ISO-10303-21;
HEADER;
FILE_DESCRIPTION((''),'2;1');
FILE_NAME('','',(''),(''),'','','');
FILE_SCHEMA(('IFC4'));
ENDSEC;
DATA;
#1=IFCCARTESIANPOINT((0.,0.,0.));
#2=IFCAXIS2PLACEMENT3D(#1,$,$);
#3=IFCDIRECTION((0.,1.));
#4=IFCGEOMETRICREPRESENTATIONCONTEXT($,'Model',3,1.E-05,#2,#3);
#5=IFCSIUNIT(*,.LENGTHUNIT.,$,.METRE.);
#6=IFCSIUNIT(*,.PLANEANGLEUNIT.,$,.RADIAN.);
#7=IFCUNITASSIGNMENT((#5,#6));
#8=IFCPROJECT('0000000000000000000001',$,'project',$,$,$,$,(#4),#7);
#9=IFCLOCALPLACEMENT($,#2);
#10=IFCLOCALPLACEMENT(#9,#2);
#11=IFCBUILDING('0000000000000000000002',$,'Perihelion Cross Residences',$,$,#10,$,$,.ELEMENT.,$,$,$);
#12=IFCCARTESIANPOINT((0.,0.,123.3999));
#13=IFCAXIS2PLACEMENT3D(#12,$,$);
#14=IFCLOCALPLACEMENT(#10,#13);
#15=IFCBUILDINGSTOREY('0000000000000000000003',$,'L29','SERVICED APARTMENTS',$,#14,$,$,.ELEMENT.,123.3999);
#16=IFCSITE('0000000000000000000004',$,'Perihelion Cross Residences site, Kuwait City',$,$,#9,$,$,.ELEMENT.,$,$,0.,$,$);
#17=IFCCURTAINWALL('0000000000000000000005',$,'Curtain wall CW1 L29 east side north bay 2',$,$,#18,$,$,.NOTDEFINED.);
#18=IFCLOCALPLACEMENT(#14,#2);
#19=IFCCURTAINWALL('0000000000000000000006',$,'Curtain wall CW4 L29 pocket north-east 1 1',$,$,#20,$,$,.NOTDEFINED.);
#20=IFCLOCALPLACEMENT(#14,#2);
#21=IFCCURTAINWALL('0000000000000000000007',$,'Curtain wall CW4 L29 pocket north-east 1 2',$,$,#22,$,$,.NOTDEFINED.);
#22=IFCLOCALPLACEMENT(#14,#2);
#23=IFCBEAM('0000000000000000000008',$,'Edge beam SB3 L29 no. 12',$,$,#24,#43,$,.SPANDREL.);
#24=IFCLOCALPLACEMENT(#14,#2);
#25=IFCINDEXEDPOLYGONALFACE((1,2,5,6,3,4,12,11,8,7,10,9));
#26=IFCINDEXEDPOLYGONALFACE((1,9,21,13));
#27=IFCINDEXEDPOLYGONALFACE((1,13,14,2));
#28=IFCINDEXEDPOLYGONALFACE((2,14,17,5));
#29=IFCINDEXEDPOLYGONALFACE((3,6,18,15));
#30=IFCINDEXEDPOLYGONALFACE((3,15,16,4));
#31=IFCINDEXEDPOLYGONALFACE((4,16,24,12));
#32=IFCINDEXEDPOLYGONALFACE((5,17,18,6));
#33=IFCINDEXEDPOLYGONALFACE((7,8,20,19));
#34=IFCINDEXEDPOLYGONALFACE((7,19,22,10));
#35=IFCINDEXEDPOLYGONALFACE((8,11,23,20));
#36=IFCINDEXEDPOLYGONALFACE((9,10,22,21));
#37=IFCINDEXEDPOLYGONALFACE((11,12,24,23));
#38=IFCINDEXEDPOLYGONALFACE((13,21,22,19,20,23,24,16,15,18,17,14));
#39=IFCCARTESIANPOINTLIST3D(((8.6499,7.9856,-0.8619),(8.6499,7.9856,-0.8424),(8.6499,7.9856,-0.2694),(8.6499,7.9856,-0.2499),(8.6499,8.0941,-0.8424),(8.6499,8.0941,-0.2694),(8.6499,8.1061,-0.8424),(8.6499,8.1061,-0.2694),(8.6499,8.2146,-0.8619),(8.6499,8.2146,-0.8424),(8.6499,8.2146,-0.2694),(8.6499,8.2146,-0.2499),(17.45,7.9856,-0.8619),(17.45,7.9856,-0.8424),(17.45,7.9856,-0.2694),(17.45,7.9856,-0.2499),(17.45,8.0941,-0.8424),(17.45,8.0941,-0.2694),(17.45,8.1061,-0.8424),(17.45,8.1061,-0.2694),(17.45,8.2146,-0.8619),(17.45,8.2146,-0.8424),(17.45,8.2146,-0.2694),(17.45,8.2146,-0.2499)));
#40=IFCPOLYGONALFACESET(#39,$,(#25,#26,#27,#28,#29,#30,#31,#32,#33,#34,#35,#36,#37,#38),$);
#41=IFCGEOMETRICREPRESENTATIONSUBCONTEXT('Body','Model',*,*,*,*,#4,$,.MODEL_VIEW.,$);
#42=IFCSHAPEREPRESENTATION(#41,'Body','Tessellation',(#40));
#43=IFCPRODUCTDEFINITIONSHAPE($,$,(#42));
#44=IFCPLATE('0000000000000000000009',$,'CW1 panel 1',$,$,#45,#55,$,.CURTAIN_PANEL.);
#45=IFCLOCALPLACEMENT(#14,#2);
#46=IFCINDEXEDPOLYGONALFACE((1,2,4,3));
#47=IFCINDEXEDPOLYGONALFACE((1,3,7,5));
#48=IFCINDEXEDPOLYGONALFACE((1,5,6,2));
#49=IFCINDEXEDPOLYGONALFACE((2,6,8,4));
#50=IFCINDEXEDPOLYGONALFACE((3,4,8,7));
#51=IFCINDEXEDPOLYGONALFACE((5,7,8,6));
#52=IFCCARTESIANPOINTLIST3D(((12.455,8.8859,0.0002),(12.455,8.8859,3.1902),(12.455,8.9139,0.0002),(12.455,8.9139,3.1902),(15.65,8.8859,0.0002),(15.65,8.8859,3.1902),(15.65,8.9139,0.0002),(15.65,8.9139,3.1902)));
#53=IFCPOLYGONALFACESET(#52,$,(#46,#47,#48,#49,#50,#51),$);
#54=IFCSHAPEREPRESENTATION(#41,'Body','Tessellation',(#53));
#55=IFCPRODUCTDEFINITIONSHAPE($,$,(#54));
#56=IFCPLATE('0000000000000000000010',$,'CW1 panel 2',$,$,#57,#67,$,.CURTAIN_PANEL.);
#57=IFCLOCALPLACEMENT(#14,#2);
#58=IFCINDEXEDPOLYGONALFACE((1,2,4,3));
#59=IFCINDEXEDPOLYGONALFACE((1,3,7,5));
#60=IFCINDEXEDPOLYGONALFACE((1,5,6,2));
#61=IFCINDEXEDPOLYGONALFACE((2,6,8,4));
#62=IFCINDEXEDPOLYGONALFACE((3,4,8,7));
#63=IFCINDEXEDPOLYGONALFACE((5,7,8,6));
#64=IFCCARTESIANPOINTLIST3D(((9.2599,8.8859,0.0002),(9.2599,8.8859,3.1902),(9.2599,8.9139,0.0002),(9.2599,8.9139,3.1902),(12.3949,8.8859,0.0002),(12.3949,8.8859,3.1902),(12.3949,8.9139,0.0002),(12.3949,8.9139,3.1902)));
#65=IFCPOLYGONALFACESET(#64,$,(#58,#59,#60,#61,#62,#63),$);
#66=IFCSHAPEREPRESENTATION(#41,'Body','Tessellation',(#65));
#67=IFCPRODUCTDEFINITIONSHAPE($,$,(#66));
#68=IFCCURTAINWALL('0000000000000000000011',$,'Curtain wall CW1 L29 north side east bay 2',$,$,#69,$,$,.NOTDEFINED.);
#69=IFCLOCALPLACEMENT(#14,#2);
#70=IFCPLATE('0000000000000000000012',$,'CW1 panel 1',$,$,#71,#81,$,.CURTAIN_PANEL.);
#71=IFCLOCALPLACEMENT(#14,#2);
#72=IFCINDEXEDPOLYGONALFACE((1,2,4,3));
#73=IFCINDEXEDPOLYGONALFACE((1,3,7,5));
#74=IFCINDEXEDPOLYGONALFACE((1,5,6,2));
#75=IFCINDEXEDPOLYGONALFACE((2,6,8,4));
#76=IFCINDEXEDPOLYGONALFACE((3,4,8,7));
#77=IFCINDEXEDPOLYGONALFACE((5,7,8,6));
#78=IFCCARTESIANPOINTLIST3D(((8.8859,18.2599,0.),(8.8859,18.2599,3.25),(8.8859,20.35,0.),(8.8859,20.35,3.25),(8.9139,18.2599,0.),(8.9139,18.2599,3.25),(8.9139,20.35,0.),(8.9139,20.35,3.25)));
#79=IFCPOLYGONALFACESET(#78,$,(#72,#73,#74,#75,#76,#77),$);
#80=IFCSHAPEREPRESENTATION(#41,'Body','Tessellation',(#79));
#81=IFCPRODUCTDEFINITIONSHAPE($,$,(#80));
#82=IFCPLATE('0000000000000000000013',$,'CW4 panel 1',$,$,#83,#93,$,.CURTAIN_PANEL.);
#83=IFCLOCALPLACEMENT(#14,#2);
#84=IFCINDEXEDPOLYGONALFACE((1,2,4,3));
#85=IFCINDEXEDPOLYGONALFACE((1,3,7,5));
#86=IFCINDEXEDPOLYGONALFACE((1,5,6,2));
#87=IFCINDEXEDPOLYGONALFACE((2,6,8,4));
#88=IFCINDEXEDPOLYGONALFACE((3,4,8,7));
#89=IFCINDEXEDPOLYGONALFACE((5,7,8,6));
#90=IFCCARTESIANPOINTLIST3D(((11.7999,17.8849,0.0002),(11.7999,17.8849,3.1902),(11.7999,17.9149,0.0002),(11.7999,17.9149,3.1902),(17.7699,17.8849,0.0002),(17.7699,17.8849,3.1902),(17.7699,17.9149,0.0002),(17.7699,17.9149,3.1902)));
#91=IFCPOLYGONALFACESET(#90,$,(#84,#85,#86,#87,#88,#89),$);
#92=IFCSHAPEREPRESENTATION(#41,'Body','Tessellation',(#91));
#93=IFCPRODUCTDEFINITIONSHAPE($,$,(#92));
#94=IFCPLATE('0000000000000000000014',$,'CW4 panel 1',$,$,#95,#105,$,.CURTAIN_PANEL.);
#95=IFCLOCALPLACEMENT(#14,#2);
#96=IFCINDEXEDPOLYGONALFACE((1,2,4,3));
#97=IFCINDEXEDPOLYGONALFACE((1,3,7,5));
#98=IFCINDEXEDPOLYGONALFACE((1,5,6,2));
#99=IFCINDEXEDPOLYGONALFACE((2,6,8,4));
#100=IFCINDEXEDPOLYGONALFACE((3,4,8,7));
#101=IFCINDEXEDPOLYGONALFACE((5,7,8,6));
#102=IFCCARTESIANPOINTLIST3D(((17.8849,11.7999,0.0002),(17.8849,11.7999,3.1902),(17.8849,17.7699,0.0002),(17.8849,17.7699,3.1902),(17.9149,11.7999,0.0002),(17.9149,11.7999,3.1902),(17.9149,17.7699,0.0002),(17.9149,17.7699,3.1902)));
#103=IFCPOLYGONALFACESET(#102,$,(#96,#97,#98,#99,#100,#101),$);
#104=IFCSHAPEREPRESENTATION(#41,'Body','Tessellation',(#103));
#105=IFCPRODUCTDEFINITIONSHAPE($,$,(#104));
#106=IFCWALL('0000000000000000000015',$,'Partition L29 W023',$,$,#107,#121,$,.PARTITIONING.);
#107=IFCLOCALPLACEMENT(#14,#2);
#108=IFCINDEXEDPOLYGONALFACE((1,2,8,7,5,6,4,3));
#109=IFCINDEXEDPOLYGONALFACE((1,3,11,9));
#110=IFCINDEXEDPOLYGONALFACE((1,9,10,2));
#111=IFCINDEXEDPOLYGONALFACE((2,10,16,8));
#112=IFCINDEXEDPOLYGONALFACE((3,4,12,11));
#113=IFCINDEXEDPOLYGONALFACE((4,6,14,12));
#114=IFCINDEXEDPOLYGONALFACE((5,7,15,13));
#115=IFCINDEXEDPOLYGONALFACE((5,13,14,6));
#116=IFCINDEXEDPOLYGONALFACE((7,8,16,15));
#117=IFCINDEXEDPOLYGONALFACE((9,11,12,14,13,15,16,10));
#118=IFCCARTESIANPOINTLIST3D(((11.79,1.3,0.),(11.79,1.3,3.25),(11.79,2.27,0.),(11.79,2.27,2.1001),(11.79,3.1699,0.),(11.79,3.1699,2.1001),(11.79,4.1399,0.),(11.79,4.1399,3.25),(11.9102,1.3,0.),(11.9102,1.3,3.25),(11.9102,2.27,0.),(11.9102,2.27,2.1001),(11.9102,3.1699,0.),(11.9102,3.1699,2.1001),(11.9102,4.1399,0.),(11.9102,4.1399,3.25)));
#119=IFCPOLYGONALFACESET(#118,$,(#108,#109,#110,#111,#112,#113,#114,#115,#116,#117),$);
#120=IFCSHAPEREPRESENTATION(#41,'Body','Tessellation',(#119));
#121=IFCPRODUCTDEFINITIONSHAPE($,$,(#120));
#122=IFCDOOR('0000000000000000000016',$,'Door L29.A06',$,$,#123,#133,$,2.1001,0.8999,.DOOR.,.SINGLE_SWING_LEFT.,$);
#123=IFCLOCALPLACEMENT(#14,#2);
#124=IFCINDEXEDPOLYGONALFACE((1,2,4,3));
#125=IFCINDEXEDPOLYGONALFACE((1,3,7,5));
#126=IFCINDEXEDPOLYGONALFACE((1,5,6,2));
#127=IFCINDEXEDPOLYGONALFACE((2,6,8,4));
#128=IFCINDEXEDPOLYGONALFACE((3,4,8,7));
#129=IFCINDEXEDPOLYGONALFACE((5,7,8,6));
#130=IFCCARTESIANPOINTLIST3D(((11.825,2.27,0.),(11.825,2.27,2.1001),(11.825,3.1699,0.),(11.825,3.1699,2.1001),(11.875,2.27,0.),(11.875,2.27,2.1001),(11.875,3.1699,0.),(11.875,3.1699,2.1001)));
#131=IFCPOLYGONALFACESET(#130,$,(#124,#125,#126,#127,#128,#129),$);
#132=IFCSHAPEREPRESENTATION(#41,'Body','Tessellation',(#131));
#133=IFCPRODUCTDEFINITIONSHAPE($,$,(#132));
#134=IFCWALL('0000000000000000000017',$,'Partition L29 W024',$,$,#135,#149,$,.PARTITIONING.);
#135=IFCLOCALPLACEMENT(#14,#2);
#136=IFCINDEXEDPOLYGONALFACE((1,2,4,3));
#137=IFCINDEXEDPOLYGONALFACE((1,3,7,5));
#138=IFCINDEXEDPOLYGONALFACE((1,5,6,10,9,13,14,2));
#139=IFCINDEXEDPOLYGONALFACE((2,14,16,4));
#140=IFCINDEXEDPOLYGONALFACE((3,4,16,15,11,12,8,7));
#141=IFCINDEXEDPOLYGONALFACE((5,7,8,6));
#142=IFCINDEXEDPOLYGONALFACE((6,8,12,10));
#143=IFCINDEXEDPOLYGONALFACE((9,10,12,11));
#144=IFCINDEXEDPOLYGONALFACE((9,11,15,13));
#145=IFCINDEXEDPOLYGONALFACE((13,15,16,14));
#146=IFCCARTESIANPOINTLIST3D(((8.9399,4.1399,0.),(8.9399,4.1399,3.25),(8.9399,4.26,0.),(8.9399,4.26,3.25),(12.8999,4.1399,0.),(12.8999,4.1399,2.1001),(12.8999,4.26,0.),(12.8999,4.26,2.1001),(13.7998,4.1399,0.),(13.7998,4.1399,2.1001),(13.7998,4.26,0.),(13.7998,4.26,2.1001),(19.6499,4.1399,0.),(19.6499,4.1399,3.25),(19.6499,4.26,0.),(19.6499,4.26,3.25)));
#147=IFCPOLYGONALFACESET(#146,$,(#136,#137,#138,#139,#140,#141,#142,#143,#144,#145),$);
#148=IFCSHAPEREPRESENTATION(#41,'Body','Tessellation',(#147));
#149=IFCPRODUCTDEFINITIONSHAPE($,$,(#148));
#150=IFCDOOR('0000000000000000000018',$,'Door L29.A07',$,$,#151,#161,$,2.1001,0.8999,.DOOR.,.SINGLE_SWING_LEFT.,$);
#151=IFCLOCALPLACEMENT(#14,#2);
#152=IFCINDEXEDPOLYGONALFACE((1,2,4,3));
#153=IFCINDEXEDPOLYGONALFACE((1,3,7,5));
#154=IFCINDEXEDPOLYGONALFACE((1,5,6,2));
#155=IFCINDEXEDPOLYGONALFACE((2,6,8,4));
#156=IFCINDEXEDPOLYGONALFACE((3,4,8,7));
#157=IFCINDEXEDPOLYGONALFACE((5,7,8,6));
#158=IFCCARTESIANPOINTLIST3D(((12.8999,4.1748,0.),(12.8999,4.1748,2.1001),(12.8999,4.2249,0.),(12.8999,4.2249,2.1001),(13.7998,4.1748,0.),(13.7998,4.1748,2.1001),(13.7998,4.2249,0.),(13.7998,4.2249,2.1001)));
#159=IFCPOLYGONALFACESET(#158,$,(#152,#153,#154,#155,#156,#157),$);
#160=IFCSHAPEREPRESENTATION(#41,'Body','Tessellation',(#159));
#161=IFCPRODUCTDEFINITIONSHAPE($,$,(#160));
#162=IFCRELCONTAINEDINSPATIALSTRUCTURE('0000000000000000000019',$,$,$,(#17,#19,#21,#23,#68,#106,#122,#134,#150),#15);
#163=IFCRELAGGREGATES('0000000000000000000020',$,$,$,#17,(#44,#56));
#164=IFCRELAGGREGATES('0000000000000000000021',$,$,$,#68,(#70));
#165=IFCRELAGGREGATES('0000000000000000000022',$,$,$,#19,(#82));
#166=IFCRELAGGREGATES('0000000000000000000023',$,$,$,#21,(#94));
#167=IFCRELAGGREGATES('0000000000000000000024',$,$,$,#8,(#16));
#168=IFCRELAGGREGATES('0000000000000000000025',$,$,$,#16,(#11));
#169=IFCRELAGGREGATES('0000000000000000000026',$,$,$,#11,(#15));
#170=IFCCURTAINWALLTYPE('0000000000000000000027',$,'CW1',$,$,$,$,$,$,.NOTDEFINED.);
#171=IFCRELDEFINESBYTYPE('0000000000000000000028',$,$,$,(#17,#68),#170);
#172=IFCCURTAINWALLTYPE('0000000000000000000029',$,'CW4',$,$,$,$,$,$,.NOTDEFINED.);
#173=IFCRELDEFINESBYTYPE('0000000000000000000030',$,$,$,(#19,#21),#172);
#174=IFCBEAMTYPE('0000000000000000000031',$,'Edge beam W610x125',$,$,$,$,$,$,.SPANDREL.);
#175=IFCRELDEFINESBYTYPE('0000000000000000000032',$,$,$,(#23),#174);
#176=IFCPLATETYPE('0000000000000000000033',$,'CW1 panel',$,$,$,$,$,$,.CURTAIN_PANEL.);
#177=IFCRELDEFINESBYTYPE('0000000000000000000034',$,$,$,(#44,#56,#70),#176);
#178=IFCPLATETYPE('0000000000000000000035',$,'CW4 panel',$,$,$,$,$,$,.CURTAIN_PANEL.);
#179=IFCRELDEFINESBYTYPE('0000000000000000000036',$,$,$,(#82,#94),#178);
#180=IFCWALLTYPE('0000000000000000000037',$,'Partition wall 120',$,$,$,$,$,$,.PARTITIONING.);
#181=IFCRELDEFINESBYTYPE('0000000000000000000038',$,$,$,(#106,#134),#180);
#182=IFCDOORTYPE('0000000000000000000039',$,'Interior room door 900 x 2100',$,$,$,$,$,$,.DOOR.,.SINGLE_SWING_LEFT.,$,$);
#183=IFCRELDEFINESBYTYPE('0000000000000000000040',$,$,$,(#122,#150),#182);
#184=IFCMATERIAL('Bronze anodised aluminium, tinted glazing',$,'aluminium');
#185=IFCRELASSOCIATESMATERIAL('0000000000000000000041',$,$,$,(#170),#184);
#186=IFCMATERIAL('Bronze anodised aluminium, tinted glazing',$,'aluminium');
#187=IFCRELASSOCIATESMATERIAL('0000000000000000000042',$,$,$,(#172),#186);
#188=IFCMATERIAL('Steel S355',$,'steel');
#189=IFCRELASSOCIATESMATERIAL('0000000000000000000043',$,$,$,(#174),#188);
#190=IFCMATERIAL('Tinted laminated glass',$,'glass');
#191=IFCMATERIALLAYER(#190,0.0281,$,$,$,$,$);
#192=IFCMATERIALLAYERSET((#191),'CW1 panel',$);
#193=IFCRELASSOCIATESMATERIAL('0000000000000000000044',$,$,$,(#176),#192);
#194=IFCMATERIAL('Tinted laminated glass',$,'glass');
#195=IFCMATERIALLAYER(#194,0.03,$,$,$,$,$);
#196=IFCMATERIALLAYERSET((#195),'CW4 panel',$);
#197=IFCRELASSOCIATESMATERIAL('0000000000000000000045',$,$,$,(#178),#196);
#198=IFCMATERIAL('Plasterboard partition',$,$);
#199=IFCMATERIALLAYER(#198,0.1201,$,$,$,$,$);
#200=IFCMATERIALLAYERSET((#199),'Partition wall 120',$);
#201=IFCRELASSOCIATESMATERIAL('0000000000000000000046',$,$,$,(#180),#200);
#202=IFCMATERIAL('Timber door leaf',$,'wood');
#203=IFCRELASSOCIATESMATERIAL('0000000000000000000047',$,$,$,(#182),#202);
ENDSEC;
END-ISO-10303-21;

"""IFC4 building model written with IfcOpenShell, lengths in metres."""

from ifc_helpers import new_model, si_unit, direction, frame, frame_2d, origin, origin_2d, place, context, subcontext, project, spatial, rectangle, i_section, extrude, material, layer, layer_set, material_profile, profile_set, type_object, element, fill, aggregate, save


model = new_model("IFC4")

# Units and contexts
model_context = context("Model", 3, precision=1e-05, world=origin(), true_north=direction((0.0, 1.0)))
body_context = subcontext(model_context, "Body", "Model", "MODEL_VIEW")
ifc_project = project(units=[si_unit("LENGTHUNIT", "METRE"), si_unit("PLANEANGLEUNIT", "RADIAN")], contexts=[model_context])

# Site, building, storey
site_placement = place(None, origin())
site = spatial("IfcSite", under=ifc_project, at=site_placement, Name="Perihelion Cross Residences site, Kuwait City", CompositionType="ELEMENT", RefElevation=0.0)
building_placement = place(site_placement, origin())
building = spatial("IfcBuilding", under=site, at=building_placement, Name="Perihelion Cross Residences", CompositionType="ELEMENT")
storey_placement = place(building_placement, frame((0.0, 0.0, 123.3999)))
storey = spatial("IfcBuildingStorey", under=building, at=storey_placement, Name="L29", Description="SERVICED APARTMENTS", CompositionType="ELEMENT", Elevation=123.3999)

# Curtain walls
ifc_material_1 = material(Name="Bronze anodised aluminium, tinted glazing", Category="aluminium")
curtain_wall_type_1 = type_object("IfcCurtainWallType", Name="CW1", PredefinedType="NOTDEFINED", material=ifc_material_1)
curtain_wall_1_placement = place(storey_placement, origin())
curtain_wall_1 = element("IfcCurtainWall", 1, at=curtain_wall_1_placement, inside=storey, type_object=curtain_wall_type_1, Name="Curtain wall CW1 L29 east side north bay 2", PredefinedType="NOTDEFINED")
ifc_material_2 = material(Name="Bronze anodised aluminium, tinted glazing", Category="aluminium")
curtain_wall_type_2 = type_object("IfcCurtainWallType", Name="CW4", PredefinedType="NOTDEFINED", material=ifc_material_2)
curtain_wall_2_placement = place(storey_placement, origin())
curtain_wall_2 = element("IfcCurtainWall", 2, at=curtain_wall_2_placement, inside=storey, type_object=curtain_wall_type_2, Name="Curtain wall CW4 L29 pocket north-east 1 1", PredefinedType="NOTDEFINED")
curtain_wall_3_placement = place(storey_placement, origin())
curtain_wall_3 = element("IfcCurtainWall", 3, at=curtain_wall_3_placement, inside=storey, type_object=curtain_wall_type_2, Name="Curtain wall CW4 L29 pocket north-east 1 2", PredefinedType="NOTDEFINED")

# Beam
ifc_material_3 = material(Name="Steel S355", Category="steel")
ifc_material_profile_1 = material_profile(ifc_material_3, i_section(OverallWidth=0.229, OverallDepth=0.6121, WebThickness=0.012, FlangeThickness=0.0195, at=origin_2d()), Name="W610x125")
ifc_profile_set_1 = profile_set([ifc_material_profile_1], Name="Steel S355")
beam_type_1 = type_object("IfcBeamType", Name="Edge beam W610x125", PredefinedType="SPANDREL", material=ifc_profile_set_1)
beam_1_placement = place(storey_placement, frame((17.45, 8.1001, -0.5559), z_axis=(-1.0, 0.0, 0.0), x_axis=(0.0, -1.0, 0.0)))
element("IfcBeam", 4, at=beam_1_placement, inside=storey, type_object=beam_type_1, Name="Edge beam SB3 L29 no. 12", PredefinedType="SPANDREL", context=body_context, shape_type="SweptSolid", body=[
    extrude(i_section(OverallWidth=0.229, OverallDepth=0.6121, WebThickness=0.012, FlangeThickness=0.0195, at=origin_2d()), origin(), (0.0, 0.0, 1.0), 8.8),
])

# Plates
ifc_material_4 = material(Name="Tinted laminated glass", Category="glass")
ifc_layer_1 = layer(ifc_material_4, 0.0281)
ifc_layer_set_1 = layer_set([ifc_layer_1], Name="CW1 panel")
plate_type_1 = type_object("IfcPlateType", Name="CW1 panel", PredefinedType="CURTAIN_PANEL", material=ifc_layer_set_1)
plate_1_placement = place(storey_placement, frame((14.0525, 8.8999, 0.0002), z_axis=(0.0, 0.0, 1.0), x_axis=(-1.0, 0.0, 0.0)))
plate_1 = element("IfcPlate", 5, at=plate_1_placement, type_object=plate_type_1, Name="CW1 panel 1", PredefinedType="CURTAIN_PANEL", context=body_context, shape_type="SweptSolid", body=[
    extrude(rectangle(XDim=3.1951, YDim=0.0281, at=origin_2d()), origin(), (0.0, 0.0, 1.0), 3.1899),
])
plate_2_placement = place(storey_placement, frame((10.8274, 8.8999, 0.0002), z_axis=(0.0, 0.0, 1.0), x_axis=(-1.0, 0.0, 0.0)))
plate_2 = element("IfcPlate", 6, at=plate_2_placement, type_object=plate_type_1, Name="CW1 panel 2", PredefinedType="CURTAIN_PANEL", context=body_context, shape_type="SweptSolid", body=[
    extrude(rectangle(XDim=3.135, YDim=0.0281, at=origin_2d()), origin(), (0.0, 0.0, 1.0), 3.1899),
])
aggregate(curtain_wall_1, [plate_1, plate_2])

# Curtain wall, plate
curtain_wall_4_placement = place(storey_placement, origin())
curtain_wall_4 = element("IfcCurtainWall", 7, at=curtain_wall_4_placement, inside=storey, type_object=curtain_wall_type_1, Name="Curtain wall CW1 L29 north side east bay 2", PredefinedType="NOTDEFINED")
plate_3_placement = place(storey_placement, frame((8.8999, 19.3049, 0.0), z_axis=(0.0, 0.0, 1.0), x_axis=(0.0, 1.0, 0.0)))
plate_3 = element("IfcPlate", 8, at=plate_3_placement, type_object=plate_type_1, Name="CW1 panel 1", PredefinedType="CURTAIN_PANEL", context=body_context, shape_type="SweptSolid", body=[
    extrude(rectangle(XDim=2.0901, YDim=0.0281, at=origin_2d()), origin(), (0.0, 0.0, 1.0), 3.25),
])
aggregate(curtain_wall_4, [plate_3])

# Plates
ifc_material_5 = material(Name="Tinted laminated glass", Category="glass")
ifc_layer_2 = layer(ifc_material_5, 0.03)
ifc_layer_set_2 = layer_set([ifc_layer_2], Name="CW4 panel")
plate_type_2 = type_object("IfcPlateType", Name="CW4 panel", PredefinedType="CURTAIN_PANEL", material=ifc_layer_set_2)
plate_4_placement = place(storey_placement, frame((14.7849, 17.8999, 0.0002), z_axis=(0.0, 0.0, 1.0), x_axis=(1.0, 0.0, 0.0)))
plate_4 = element("IfcPlate", 9, at=plate_4_placement, type_object=plate_type_2, Name="CW4 panel 1", PredefinedType="CURTAIN_PANEL", context=body_context, shape_type="SweptSolid", body=[
    extrude(rectangle(XDim=5.97, YDim=0.03, at=origin_2d()), origin(), (0.0, 0.0, 1.0), 3.1899),
])
aggregate(curtain_wall_2, [plate_4])
plate_5_placement = place(storey_placement, frame((17.8999, 14.7849, 0.0002), z_axis=(0.0, 0.0, 1.0), x_axis=(0.0, -1.0, 0.0)))
plate_5 = element("IfcPlate", 10, at=plate_5_placement, type_object=plate_type_2, Name="CW4 panel 1", PredefinedType="CURTAIN_PANEL", context=body_context, shape_type="SweptSolid", body=[
    extrude(rectangle(XDim=5.97, YDim=0.03, at=origin_2d()), origin(), (0.0, 0.0, 1.0), 3.1899),
])
aggregate(curtain_wall_3, [plate_5])

# Walls, openings, doors
ifc_material_6 = material(Name="Plasterboard partition")
ifc_layer_3 = layer(ifc_material_6, 0.1201)
ifc_layer_set_3 = layer_set([ifc_layer_3], Name="Partition wall 120")
wall_type_1 = type_object("IfcWallType", Name="Partition wall 120", PredefinedType="PARTITIONING", material=ifc_layer_set_3)
wall_1_placement = place(storey_placement, frame((11.8501, 4.1399, 0.0), z_axis=(0.0, 0.0, 1.0), x_axis=(0.0, -1.0, 0.0)))
wall_1 = element("IfcWall", 11, at=wall_1_placement, inside=storey, type_object=wall_type_1, Name="Partition L29 W023", PredefinedType="PARTITIONING", context=body_context, shape_type="SweptSolid", body=[
    extrude(rectangle(XDim=2.8398, YDim=0.1201, at=frame_2d((1.4199, 0.0))), origin(), (0.0, 0.0, 1.0), 3.25),
])
opening_1_placement = place(wall_1_placement, frame((0.97, 0.0, 0.0)))
opening_1 = element("IfcOpeningElement", 12, at=opening_1_placement, cuts=wall_1, PredefinedType="OPENING", context=body_context, shape_type="SweptSolid", body=[
    extrude(rectangle(XDim=0.8999, YDim=2.1001, at=frame_2d((0.45, 1.05))), frame((0.0, 0.0701, 0.0), z_axis=(0.0, -1.0, 0.0), x_axis=(1.0, 0.0, 0.0)), (0.0, 0.0, 1.0), 0.1401),
])
ifc_material_7 = material(Name="Timber door leaf", Category="wood")
door_type_1 = type_object("IfcDoorType", Name="Interior room door 900 x 2100", OperationType="SINGLE_SWING_LEFT", PredefinedType="DOOR", material=ifc_material_7)
door_1_placement = place(opening_1_placement, origin())
door_1 = element("IfcDoor", 13, at=door_1_placement, inside=storey, type_object=door_type_1, Name="Door L29.A06", OperationType="SINGLE_SWING_LEFT", OverallHeight=2.1001, OverallWidth=0.8999, PredefinedType="DOOR", context=body_context, shape_type="SweptSolid", body=[
    extrude(rectangle(XDim=0.8999, YDim=2.1001, at=frame_2d((0.45, 1.05))), frame((0.0, 0.0249, 0.0), z_axis=(0.0, -1.0, 0.0), x_axis=(1.0, 0.0, 0.0)), (0.0, 0.0, 1.0), 0.05),
])
fill(opening_1, door_1)
wall_2_placement = place(storey_placement, frame((8.9399, 4.2, 0.0), z_axis=(0.0, 0.0, 1.0), x_axis=(1.0, 0.0, 0.0)))
wall_2 = element("IfcWall", 14, at=wall_2_placement, inside=storey, type_object=wall_type_1, Name="Partition L29 W024", PredefinedType="PARTITIONING", context=body_context, shape_type="SweptSolid", body=[
    extrude(rectangle(XDim=10.71, YDim=0.1201, at=frame_2d((5.355, 0.0))), origin(), (0.0, 0.0, 1.0), 3.25),
])
opening_2_placement = place(wall_2_placement, frame((3.96, 0.0, 0.0)))
opening_2 = element("IfcOpeningElement", 15, at=opening_2_placement, cuts=wall_2, PredefinedType="OPENING", context=body_context, shape_type="SweptSolid", body=[
    extrude(rectangle(XDim=0.8999, YDim=2.1001, at=frame_2d((0.45, 1.05))), frame((0.0, 0.0701, 0.0), z_axis=(0.0, -1.0, 0.0), x_axis=(1.0, 0.0, 0.0)), (0.0, 0.0, 1.0), 0.1401),
])
door_2_placement = place(opening_2_placement, origin())
door_2 = element("IfcDoor", 16, at=door_2_placement, inside=storey, type_object=door_type_1, Name="Door L29.A07", OperationType="SINGLE_SWING_LEFT", OverallHeight=2.1001, OverallWidth=0.8999, PredefinedType="DOOR", context=body_context, shape_type="SweptSolid", body=[
    extrude(rectangle(XDim=0.8999, YDim=2.1001, at=frame_2d((0.45, 1.05))), frame((0.0, 0.0249, 0.0), z_axis=(0.0, -1.0, 0.0), x_axis=(1.0, 0.0, 0.0)), (0.0, 0.0, 1.0), 0.05),
])
fill(opening_2, door_2)

save(model, "model.ifc")
